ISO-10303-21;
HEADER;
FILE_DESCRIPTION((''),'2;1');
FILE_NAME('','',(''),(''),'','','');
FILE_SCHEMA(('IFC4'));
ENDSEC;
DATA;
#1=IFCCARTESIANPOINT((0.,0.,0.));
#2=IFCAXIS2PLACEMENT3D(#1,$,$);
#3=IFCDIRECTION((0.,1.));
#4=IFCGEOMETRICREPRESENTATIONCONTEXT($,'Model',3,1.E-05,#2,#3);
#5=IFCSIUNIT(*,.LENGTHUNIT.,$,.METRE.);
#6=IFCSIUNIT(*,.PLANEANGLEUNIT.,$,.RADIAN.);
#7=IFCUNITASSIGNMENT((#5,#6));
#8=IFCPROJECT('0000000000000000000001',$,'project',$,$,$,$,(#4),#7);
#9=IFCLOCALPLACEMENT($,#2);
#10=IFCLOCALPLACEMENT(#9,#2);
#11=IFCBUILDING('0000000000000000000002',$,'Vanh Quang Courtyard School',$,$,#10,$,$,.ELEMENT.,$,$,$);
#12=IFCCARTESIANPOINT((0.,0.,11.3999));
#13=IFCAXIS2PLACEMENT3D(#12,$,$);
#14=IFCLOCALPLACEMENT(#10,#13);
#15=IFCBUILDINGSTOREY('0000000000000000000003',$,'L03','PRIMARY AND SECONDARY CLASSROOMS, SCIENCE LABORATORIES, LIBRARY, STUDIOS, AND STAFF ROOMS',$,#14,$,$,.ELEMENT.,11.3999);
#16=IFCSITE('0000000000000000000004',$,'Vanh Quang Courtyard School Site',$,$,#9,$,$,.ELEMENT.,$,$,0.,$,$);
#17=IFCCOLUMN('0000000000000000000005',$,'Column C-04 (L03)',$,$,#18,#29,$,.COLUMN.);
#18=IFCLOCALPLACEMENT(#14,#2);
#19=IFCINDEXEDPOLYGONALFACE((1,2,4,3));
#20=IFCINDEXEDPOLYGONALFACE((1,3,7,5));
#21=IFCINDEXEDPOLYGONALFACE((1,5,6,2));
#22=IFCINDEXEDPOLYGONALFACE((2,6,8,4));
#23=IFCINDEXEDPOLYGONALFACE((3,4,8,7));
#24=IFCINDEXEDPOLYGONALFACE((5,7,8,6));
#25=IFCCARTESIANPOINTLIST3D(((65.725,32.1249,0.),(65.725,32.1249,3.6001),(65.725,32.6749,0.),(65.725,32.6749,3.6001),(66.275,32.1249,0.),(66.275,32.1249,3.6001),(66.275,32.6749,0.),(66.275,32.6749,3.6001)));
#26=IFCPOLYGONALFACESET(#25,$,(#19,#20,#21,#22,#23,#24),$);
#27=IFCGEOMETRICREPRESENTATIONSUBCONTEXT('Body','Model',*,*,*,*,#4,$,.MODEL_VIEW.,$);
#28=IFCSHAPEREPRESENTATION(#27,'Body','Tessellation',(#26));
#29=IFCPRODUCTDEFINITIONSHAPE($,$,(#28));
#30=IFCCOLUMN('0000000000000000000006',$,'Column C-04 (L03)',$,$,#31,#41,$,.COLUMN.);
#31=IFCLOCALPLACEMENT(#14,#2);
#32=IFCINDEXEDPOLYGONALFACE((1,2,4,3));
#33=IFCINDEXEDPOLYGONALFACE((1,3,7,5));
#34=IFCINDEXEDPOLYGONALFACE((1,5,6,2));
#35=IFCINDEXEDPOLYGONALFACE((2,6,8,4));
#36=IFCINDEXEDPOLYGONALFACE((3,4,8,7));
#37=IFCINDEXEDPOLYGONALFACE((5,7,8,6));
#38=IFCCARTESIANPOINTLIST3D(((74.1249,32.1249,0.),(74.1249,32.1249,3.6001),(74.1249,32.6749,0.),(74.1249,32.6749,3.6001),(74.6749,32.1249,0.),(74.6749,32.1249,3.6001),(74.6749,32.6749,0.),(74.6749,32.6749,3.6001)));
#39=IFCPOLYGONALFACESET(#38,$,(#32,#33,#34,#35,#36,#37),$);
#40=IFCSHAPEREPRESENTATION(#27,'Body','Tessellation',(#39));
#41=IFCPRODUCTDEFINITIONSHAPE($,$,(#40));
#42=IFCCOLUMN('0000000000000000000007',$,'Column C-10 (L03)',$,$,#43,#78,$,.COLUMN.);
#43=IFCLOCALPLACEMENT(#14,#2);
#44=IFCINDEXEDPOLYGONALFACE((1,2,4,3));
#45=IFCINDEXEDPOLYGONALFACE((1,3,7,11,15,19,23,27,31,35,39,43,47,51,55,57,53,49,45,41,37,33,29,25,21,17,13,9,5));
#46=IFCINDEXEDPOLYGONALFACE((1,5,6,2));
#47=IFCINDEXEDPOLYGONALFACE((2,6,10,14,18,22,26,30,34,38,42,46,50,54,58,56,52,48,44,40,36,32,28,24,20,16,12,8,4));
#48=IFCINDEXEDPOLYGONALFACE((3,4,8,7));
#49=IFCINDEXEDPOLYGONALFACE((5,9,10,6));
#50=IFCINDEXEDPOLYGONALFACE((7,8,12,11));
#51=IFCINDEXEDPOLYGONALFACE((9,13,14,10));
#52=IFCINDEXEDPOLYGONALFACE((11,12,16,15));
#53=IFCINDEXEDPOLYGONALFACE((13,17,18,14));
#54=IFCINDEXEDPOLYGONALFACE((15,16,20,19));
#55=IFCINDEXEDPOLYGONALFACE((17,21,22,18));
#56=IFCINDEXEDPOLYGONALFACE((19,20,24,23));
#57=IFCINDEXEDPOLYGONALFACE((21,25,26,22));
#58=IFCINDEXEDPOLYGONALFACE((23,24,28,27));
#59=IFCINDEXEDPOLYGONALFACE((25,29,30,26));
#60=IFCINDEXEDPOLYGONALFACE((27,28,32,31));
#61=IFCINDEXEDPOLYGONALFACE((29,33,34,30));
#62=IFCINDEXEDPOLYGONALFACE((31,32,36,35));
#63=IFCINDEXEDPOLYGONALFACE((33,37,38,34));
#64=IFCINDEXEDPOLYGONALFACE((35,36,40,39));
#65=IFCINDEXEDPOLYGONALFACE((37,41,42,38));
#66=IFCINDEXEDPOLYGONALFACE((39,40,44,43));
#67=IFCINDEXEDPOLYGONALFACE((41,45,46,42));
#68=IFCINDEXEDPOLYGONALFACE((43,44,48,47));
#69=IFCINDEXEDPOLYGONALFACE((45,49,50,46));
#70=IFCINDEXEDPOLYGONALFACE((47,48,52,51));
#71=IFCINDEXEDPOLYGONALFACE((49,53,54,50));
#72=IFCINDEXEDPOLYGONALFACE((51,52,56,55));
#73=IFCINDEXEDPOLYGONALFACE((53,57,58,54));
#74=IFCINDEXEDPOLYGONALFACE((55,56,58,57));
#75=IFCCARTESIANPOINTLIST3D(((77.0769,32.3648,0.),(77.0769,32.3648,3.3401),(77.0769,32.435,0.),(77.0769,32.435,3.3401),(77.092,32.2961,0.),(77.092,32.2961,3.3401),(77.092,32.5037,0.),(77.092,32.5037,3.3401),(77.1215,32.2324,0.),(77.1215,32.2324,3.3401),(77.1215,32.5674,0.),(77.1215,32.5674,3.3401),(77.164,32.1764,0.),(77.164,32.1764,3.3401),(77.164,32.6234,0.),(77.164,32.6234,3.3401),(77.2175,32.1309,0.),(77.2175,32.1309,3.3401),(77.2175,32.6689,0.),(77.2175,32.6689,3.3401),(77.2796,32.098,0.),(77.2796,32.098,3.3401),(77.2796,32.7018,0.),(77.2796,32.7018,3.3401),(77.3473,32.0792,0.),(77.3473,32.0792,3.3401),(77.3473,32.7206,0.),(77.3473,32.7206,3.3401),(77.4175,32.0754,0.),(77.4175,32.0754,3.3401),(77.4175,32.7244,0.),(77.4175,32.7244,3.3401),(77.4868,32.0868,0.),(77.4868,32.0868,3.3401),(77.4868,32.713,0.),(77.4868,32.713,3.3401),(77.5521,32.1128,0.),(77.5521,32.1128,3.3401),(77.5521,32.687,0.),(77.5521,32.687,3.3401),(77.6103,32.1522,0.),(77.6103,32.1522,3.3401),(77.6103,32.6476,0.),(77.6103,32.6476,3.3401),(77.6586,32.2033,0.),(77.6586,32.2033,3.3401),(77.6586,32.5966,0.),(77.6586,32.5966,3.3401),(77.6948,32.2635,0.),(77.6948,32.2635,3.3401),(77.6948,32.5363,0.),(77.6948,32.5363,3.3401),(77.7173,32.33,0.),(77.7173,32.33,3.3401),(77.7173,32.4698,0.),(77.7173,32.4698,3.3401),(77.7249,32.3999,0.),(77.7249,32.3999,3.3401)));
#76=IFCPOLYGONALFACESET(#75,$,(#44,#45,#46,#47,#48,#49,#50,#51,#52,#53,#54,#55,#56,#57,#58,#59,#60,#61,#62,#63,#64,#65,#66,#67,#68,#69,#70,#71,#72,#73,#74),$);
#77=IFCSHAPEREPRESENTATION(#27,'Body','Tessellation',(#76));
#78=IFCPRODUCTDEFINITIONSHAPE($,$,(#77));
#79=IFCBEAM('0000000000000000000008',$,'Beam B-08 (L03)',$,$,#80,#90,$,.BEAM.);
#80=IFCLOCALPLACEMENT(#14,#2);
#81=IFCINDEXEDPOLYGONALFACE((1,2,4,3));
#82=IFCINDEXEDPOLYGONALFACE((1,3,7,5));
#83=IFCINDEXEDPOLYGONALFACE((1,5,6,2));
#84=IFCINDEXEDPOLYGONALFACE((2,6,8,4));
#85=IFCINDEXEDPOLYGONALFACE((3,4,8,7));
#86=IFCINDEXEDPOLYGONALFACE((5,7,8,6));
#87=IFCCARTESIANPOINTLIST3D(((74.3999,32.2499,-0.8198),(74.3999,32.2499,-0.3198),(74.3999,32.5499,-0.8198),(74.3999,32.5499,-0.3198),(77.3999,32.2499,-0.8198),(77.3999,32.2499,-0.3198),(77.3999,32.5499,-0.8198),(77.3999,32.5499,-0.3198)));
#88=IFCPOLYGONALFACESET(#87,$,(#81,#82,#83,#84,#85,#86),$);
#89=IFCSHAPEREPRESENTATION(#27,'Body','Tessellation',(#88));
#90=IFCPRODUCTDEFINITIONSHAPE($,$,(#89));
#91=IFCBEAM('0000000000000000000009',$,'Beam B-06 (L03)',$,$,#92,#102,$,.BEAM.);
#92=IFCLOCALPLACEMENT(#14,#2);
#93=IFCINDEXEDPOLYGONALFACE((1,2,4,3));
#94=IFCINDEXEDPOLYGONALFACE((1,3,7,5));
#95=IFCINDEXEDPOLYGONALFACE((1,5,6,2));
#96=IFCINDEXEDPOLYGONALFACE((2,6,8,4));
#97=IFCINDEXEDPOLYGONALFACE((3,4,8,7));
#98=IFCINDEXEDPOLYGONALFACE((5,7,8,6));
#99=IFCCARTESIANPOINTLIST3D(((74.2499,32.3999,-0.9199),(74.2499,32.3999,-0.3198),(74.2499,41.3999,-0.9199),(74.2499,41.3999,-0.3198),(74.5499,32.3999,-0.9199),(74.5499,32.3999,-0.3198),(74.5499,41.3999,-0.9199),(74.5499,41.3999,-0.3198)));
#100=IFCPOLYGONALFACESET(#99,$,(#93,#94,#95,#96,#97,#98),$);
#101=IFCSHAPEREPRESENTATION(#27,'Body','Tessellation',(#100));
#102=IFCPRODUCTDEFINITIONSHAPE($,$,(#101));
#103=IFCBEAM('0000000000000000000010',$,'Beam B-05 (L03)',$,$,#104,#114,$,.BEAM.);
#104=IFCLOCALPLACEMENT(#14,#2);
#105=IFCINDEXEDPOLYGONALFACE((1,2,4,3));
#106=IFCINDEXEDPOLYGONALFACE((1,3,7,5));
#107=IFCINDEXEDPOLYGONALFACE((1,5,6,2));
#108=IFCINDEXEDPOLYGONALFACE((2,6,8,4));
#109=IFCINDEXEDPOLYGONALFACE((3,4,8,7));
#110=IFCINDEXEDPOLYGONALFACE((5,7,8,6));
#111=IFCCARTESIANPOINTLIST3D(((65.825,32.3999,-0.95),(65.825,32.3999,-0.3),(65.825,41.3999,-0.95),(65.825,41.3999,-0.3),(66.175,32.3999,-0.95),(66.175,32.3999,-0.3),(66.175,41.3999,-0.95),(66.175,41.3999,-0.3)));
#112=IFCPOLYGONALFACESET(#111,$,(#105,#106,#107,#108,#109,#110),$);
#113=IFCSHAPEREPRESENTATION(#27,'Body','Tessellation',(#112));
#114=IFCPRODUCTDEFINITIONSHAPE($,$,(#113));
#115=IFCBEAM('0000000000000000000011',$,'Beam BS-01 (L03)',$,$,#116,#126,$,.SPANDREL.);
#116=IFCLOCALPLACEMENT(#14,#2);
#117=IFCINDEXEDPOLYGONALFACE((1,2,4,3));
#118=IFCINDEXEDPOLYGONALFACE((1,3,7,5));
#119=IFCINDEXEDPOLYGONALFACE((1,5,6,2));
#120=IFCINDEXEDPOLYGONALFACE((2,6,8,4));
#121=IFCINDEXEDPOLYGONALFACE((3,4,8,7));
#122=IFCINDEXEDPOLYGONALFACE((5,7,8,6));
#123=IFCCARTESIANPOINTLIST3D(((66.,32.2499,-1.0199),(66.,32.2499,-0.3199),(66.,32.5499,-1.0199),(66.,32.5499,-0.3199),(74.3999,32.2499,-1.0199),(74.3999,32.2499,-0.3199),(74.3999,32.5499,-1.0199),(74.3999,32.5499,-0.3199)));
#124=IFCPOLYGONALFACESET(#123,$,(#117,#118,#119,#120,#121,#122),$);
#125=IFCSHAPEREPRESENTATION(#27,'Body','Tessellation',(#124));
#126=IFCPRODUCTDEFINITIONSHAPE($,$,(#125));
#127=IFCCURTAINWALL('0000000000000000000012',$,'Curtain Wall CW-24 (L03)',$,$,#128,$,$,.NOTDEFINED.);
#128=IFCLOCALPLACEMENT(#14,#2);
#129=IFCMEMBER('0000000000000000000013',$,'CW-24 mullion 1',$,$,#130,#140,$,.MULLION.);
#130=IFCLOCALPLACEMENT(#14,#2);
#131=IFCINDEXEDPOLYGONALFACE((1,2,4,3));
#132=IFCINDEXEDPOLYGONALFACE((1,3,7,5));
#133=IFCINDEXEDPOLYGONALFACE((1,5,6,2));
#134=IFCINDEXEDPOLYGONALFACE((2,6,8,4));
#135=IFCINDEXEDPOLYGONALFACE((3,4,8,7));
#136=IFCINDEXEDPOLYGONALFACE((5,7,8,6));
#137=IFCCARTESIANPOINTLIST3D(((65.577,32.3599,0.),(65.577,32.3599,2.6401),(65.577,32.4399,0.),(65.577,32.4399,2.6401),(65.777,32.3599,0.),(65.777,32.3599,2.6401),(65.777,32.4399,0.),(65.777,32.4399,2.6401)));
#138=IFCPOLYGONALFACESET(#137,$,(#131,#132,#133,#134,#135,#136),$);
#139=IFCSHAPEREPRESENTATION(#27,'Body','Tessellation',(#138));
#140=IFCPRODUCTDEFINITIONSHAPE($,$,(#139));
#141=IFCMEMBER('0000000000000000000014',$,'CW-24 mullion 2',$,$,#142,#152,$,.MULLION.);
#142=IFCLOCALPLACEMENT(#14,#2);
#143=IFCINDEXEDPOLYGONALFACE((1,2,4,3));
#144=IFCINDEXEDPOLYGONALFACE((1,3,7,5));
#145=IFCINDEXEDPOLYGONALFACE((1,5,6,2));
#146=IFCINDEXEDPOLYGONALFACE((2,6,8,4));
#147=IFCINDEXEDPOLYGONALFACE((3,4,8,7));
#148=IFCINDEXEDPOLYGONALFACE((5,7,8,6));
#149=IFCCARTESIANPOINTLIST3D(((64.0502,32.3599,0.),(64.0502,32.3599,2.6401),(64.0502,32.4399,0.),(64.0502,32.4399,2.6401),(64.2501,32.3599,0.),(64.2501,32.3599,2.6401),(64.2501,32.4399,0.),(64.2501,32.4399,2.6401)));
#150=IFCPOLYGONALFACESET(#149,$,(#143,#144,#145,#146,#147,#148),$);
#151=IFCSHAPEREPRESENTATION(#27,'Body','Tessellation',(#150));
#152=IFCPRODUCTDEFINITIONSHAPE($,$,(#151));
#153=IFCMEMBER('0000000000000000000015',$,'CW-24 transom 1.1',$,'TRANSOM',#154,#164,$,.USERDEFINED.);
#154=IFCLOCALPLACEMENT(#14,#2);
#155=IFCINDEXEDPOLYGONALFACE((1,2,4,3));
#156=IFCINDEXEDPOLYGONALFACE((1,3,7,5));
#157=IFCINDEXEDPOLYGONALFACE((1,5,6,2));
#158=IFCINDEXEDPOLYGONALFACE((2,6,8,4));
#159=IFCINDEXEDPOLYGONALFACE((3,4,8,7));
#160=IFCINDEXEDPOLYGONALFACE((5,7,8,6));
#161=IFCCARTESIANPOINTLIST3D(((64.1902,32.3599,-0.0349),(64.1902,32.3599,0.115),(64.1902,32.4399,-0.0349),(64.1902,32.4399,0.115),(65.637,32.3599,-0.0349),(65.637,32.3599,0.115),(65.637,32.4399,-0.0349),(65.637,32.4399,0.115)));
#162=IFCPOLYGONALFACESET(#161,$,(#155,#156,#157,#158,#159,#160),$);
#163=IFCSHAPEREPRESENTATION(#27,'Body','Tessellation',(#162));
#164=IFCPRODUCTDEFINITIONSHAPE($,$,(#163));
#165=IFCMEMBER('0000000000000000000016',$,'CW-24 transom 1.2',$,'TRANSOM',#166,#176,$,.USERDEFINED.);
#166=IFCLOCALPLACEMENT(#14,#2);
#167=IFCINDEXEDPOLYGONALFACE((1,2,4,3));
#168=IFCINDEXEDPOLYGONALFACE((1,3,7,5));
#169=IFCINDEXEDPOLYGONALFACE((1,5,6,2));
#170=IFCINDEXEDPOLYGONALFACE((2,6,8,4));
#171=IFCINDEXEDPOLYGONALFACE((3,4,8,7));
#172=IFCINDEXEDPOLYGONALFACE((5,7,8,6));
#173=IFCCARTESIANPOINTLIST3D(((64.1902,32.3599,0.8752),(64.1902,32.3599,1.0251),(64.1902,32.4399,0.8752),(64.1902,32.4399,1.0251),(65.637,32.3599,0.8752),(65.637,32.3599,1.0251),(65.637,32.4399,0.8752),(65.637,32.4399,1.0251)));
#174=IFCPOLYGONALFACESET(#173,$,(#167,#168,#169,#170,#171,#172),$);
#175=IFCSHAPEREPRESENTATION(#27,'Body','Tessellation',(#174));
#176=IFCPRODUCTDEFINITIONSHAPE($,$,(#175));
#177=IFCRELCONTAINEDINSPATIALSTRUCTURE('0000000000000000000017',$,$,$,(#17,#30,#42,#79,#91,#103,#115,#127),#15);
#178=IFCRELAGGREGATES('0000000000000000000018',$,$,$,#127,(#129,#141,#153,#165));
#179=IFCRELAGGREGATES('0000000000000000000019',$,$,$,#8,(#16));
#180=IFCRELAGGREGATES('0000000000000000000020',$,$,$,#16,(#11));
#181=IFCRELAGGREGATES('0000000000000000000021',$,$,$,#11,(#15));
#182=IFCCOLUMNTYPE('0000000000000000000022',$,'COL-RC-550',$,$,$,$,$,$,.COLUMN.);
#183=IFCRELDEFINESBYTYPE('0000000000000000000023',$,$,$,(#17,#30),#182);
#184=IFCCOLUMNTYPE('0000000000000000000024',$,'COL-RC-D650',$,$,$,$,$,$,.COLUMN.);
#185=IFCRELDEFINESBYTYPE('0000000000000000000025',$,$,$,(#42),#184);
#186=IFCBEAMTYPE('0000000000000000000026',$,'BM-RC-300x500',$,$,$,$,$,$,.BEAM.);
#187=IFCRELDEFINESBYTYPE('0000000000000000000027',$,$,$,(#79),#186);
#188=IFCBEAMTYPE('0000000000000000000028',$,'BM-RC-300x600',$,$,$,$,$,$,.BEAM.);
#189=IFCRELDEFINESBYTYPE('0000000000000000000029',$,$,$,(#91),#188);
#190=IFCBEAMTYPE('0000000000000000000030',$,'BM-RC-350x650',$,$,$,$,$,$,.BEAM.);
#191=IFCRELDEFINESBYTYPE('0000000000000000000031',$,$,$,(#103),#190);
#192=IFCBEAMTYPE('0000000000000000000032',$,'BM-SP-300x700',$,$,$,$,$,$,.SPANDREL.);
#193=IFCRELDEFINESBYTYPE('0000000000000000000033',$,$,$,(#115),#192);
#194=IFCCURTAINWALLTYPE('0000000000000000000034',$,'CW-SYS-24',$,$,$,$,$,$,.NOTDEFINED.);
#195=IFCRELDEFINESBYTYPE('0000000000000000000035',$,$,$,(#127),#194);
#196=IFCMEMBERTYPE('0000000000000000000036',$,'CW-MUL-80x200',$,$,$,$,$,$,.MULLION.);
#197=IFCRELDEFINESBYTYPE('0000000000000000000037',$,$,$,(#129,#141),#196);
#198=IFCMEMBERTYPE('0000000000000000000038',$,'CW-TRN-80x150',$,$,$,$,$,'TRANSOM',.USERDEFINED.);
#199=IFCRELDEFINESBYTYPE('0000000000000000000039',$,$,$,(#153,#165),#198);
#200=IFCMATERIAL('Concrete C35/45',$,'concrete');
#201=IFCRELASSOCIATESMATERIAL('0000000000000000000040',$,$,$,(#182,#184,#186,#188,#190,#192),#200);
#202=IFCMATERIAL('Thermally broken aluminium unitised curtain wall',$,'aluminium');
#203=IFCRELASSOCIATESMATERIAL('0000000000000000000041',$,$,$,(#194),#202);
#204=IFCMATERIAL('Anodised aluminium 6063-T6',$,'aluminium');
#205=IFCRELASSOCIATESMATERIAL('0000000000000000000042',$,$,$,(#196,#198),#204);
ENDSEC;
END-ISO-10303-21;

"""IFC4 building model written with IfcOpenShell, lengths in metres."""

from ifc_helpers import new_model, si_unit, direction, frame, origin, origin_2d, place, context, subcontext, project, spatial, rectangle, circle, extrude, material, material_profile, profile_set, type_object, element, aggregate, save


model = new_model("IFC4")

# Units and contexts
model_context = context("Model", 3, precision=1e-05, world=origin(), true_north=direction((0.0, 1.0)))
body_context = subcontext(model_context, "Body", "Model", "MODEL_VIEW")
ifc_project = project(units=[si_unit("LENGTHUNIT", "METRE"), si_unit("PLANEANGLEUNIT", "RADIAN")], contexts=[model_context])

# Site, building, storey
site_placement = place(None, origin())
site = spatial("IfcSite", under=ifc_project, at=site_placement, Name="Vanh Quang Courtyard School Site", CompositionType="ELEMENT", RefElevation=0.0)
building_placement = place(site_placement, origin())
building = spatial("IfcBuilding", under=site, at=building_placement, Name="Vanh Quang Courtyard School", CompositionType="ELEMENT")
storey_placement = place(building_placement, frame((0.0, 0.0, 11.3999)))
storey = spatial("IfcBuildingStorey", under=building, at=storey_placement, Name="L03", Description="PRIMARY AND SECONDARY CLASSROOMS, SCIENCE LABORATORIES, LIBRARY, STUDIOS, AND STAFF ROOMS", CompositionType="ELEMENT", Elevation=11.3999)

# Columns
ifc_material_1 = material(Name="Concrete C35/45", Category="concrete")
ifc_material_profile_1 = material_profile(ifc_material_1, rectangle(XDim=0.55, YDim=0.55, at=origin_2d()), Name="RC-COL 550x550")
ifc_profile_set_1 = profile_set([ifc_material_profile_1], Name="Concrete C35/45")
column_type_1 = type_object("IfcColumnType", Name="COL-RC-550", PredefinedType="COLUMN", material=ifc_profile_set_1)
for number, where, z_axis, x_axis, name in (
    (1, (66.0, 32.3999, 0.0), (0.0, 0.0, 1.0), (1.0, 0.0, 0.0), "Column C-04 (L03)"),
    (2, (74.3999, 32.3999, 0.0), (0.0, 0.0, 1.0), (1.0, 0.0, 0.0), "Column C-04 (L03)"),
):
    element("IfcColumn", number, at=place(storey_placement, frame(where, z_axis=z_axis, x_axis=x_axis)), inside=storey, type_object=column_type_1, Name=name, PredefinedType="COLUMN", context=body_context, shape_type="SweptSolid", body=[
        extrude(rectangle(XDim=0.55, YDim=0.55, at=origin_2d()), origin(), (0.0, 0.0, 1.0), 3.6001),
    ])
ifc_material_profile_2 = material_profile(ifc_material_1, circle(Radius=0.325, at=origin_2d()), Name="RC-COL D650")
ifc_profile_set_2 = profile_set([ifc_material_profile_2], Name="Concrete C35/45")
column_type_2 = type_object("IfcColumnType", Name="COL-RC-D650", PredefinedType="COLUMN", material=ifc_profile_set_2)
column_placement = place(storey_placement, frame((77.3999, 32.3999, 0.0), z_axis=(0.0, 0.0, 1.0), x_axis=(1.0, 0.0, 0.0)))
element("IfcColumn", 3, at=column_placement, inside=storey, type_object=column_type_2, Name="Column C-10 (L03)", PredefinedType="COLUMN", context=body_context, shape_type="SweptSolid", body=[
    extrude(circle(Radius=0.325, at=origin_2d()), origin(), (0.0, 0.0, 1.0), 3.3401),
])

# Beams
ifc_material_profile_3 = material_profile(ifc_material_1, rectangle(XDim=0.3, YDim=0.5, at=origin_2d()), Name="RC-BM 300x500")
ifc_profile_set_3 = profile_set([ifc_material_profile_3], Name="Concrete C35/45")
beam_type_1 = type_object("IfcBeamType", Name="BM-RC-300x500", PredefinedType="BEAM", material=ifc_profile_set_3)
beam_1_placement = place(storey_placement, frame((74.3999, 32.3999, -0.5698), z_axis=(1.0, 0.0, 0.0), x_axis=(0.0, 1.0, 0.0)))
element("IfcBeam", 4, at=beam_1_placement, inside=storey, type_object=beam_type_1, Name="Beam B-08 (L03)", PredefinedType="BEAM", context=body_context, shape_type="SweptSolid", body=[
    extrude(rectangle(XDim=0.3, YDim=0.5, at=origin_2d()), origin(), (0.0, 0.0, 1.0), 3.0),
])
ifc_material_profile_4 = material_profile(ifc_material_1, rectangle(XDim=0.3, YDim=0.6001, at=origin_2d()), Name="RC-BM 300x600")
ifc_profile_set_4 = profile_set([ifc_material_profile_4], Name="Concrete C35/45")
beam_type_2 = type_object("IfcBeamType", Name="BM-RC-300x600", PredefinedType="BEAM", material=ifc_profile_set_4)
beam_2_placement = place(storey_placement, frame((74.3999, 32.3999, -0.6199), z_axis=(0.0, 1.0, 0.0), x_axis=(-1.0, 0.0, 0.0)))
element("IfcBeam", 5, at=beam_2_placement, inside=storey, type_object=beam_type_2, Name="Beam B-06 (L03)", PredefinedType="BEAM", context=body_context, shape_type="SweptSolid", body=[
    extrude(rectangle(XDim=0.3, YDim=0.6001, at=origin_2d()), origin(), (0.0, 0.0, 1.0), 9.0),
])
ifc_material_profile_5 = material_profile(ifc_material_1, rectangle(XDim=0.3501, YDim=0.6499, at=origin_2d()), Name="RC-BM 350x650")
ifc_profile_set_5 = profile_set([ifc_material_profile_5], Name="Concrete C35/45")
beam_type_3 = type_object("IfcBeamType", Name="BM-RC-350x650", PredefinedType="BEAM", material=ifc_profile_set_5)
beam_3_placement = place(storey_placement, frame((66.0, 32.3999, -0.625), z_axis=(0.0, 1.0, 0.0), x_axis=(-1.0, 0.0, 0.0)))
element("IfcBeam", 6, at=beam_3_placement, inside=storey, type_object=beam_type_3, Name="Beam B-05 (L03)", PredefinedType="BEAM", context=body_context, shape_type="SweptSolid", body=[
    extrude(rectangle(XDim=0.3501, YDim=0.6499, at=origin_2d()), origin(), (0.0, 0.0, 1.0), 9.0),
])
ifc_material_profile_6 = material_profile(ifc_material_1, rectangle(XDim=0.3, YDim=0.7, at=origin_2d()), Name="RC-SP 300x700")
ifc_profile_set_6 = profile_set([ifc_material_profile_6], Name="Concrete C35/45")
beam_type_4 = type_object("IfcBeamType", Name="BM-SP-300x700", PredefinedType="SPANDREL", material=ifc_profile_set_6)
beam_4_placement = place(storey_placement, frame((66.0, 32.3999, -0.6699), z_axis=(1.0, 0.0, 0.0), x_axis=(0.0, 1.0, 0.0)))
element("IfcBeam", 7, at=beam_4_placement, inside=storey, type_object=beam_type_4, Name="Beam BS-01 (L03)", PredefinedType="SPANDREL", context=body_context, shape_type="SweptSolid", body=[
    extrude(rectangle(XDim=0.3, YDim=0.7, at=origin_2d()), origin(), (0.0, 0.0, 1.0), 8.3999),
])

# Curtain wall, members
ifc_material_2 = material(Name="Thermally broken aluminium unitised curtain wall", Category="aluminium")
curtain_wall_type = type_object("IfcCurtainWallType", Name="CW-SYS-24", PredefinedType="NOTDEFINED", material=ifc_material_2)
curtain_wall_placement = place(storey_placement, origin())
curtain_wall = element("IfcCurtainWall", 8, at=curtain_wall_placement, inside=storey, type_object=curtain_wall_type, Name="Curtain Wall CW-24 (L03)", PredefinedType="NOTDEFINED")
ifc_material_3 = material(Name="Anodised aluminium 6063-T6", Category="aluminium")
ifc_material_profile_7 = material_profile(ifc_material_3, rectangle(XDim=0.0801, YDim=0.2, at=origin_2d()), Name="ALU-MUL 80x200")
ifc_profile_set_7 = profile_set([ifc_material_profile_7], Name="Anodised aluminium 6063-T6")
member_type_1 = type_object("IfcMemberType", Name="CW-MUL-80x200", PredefinedType="MULLION", material=ifc_profile_set_7)
member_1_placement = place(storey_placement, frame((65.677, 32.3999, 0.0), z_axis=(0.0, 0.0, 1.0), x_axis=(0.0, -1.0, 0.0)))
member_1 = element("IfcMember", 9, at=member_1_placement, type_object=member_type_1, Name="CW-24 mullion 1", PredefinedType="MULLION", context=body_context, shape_type="SweptSolid", body=[
    extrude(rectangle(XDim=0.0801, YDim=0.2, at=origin_2d()), origin(), (0.0, 0.0, 1.0), 2.6401),
])
member_2_placement = place(storey_placement, frame((64.1501, 32.3999, 0.0), z_axis=(0.0, 0.0, 1.0), x_axis=(0.0, -1.0, 0.0)))
member_2 = element("IfcMember", 10, at=member_2_placement, type_object=member_type_1, Name="CW-24 mullion 2", PredefinedType="MULLION", context=body_context, shape_type="SweptSolid", body=[
    extrude(rectangle(XDim=0.0801, YDim=0.2, at=origin_2d()), origin(), (0.0, 0.0, 1.0), 2.6401),
])
ifc_material_profile_8 = material_profile(ifc_material_3, rectangle(XDim=0.0801, YDim=0.1499, at=origin_2d()), Name="ALU-TRN 80x150")
ifc_profile_set_8 = profile_set([ifc_material_profile_8], Name="Anodised aluminium 6063-T6")
member_type_2 = type_object("IfcMemberType", Name="CW-TRN-80x150", ElementType="TRANSOM", PredefinedType="USERDEFINED", material=ifc_profile_set_8)
member_3_placement = place(storey_placement, frame((65.637, 32.3999, 0.04), z_axis=(-1.0, 0.0, 0.0), x_axis=(0.0, -1.0, 0.0)))
member_3 = element("IfcMember", 11, at=member_3_placement, type_object=member_type_2, Name="CW-24 transom 1.1", ObjectType="TRANSOM", PredefinedType="USERDEFINED", context=body_context, shape_type="SweptSolid", body=[
    extrude(rectangle(XDim=0.0801, YDim=0.1499, at=origin_2d()), origin(), (0.0, 0.0, 1.0), 1.4468),
])
member_4_placement = place(storey_placement, frame((65.637, 32.3999, 0.9502), z_axis=(-1.0, 0.0, 0.0), x_axis=(0.0, -1.0, 0.0)))
member_4 = element("IfcMember", 12, at=member_4_placement, type_object=member_type_2, Name="CW-24 transom 1.2", ObjectType="TRANSOM", PredefinedType="USERDEFINED", context=body_context, shape_type="SweptSolid", body=[
    extrude(rectangle(XDim=0.0801, YDim=0.1499, at=origin_2d()), origin(), (0.0, 0.0, 1.0), 1.4468),
])
aggregate(curtain_wall, [member_1, member_2, member_3, member_4])

save(model, "model.ifc")
